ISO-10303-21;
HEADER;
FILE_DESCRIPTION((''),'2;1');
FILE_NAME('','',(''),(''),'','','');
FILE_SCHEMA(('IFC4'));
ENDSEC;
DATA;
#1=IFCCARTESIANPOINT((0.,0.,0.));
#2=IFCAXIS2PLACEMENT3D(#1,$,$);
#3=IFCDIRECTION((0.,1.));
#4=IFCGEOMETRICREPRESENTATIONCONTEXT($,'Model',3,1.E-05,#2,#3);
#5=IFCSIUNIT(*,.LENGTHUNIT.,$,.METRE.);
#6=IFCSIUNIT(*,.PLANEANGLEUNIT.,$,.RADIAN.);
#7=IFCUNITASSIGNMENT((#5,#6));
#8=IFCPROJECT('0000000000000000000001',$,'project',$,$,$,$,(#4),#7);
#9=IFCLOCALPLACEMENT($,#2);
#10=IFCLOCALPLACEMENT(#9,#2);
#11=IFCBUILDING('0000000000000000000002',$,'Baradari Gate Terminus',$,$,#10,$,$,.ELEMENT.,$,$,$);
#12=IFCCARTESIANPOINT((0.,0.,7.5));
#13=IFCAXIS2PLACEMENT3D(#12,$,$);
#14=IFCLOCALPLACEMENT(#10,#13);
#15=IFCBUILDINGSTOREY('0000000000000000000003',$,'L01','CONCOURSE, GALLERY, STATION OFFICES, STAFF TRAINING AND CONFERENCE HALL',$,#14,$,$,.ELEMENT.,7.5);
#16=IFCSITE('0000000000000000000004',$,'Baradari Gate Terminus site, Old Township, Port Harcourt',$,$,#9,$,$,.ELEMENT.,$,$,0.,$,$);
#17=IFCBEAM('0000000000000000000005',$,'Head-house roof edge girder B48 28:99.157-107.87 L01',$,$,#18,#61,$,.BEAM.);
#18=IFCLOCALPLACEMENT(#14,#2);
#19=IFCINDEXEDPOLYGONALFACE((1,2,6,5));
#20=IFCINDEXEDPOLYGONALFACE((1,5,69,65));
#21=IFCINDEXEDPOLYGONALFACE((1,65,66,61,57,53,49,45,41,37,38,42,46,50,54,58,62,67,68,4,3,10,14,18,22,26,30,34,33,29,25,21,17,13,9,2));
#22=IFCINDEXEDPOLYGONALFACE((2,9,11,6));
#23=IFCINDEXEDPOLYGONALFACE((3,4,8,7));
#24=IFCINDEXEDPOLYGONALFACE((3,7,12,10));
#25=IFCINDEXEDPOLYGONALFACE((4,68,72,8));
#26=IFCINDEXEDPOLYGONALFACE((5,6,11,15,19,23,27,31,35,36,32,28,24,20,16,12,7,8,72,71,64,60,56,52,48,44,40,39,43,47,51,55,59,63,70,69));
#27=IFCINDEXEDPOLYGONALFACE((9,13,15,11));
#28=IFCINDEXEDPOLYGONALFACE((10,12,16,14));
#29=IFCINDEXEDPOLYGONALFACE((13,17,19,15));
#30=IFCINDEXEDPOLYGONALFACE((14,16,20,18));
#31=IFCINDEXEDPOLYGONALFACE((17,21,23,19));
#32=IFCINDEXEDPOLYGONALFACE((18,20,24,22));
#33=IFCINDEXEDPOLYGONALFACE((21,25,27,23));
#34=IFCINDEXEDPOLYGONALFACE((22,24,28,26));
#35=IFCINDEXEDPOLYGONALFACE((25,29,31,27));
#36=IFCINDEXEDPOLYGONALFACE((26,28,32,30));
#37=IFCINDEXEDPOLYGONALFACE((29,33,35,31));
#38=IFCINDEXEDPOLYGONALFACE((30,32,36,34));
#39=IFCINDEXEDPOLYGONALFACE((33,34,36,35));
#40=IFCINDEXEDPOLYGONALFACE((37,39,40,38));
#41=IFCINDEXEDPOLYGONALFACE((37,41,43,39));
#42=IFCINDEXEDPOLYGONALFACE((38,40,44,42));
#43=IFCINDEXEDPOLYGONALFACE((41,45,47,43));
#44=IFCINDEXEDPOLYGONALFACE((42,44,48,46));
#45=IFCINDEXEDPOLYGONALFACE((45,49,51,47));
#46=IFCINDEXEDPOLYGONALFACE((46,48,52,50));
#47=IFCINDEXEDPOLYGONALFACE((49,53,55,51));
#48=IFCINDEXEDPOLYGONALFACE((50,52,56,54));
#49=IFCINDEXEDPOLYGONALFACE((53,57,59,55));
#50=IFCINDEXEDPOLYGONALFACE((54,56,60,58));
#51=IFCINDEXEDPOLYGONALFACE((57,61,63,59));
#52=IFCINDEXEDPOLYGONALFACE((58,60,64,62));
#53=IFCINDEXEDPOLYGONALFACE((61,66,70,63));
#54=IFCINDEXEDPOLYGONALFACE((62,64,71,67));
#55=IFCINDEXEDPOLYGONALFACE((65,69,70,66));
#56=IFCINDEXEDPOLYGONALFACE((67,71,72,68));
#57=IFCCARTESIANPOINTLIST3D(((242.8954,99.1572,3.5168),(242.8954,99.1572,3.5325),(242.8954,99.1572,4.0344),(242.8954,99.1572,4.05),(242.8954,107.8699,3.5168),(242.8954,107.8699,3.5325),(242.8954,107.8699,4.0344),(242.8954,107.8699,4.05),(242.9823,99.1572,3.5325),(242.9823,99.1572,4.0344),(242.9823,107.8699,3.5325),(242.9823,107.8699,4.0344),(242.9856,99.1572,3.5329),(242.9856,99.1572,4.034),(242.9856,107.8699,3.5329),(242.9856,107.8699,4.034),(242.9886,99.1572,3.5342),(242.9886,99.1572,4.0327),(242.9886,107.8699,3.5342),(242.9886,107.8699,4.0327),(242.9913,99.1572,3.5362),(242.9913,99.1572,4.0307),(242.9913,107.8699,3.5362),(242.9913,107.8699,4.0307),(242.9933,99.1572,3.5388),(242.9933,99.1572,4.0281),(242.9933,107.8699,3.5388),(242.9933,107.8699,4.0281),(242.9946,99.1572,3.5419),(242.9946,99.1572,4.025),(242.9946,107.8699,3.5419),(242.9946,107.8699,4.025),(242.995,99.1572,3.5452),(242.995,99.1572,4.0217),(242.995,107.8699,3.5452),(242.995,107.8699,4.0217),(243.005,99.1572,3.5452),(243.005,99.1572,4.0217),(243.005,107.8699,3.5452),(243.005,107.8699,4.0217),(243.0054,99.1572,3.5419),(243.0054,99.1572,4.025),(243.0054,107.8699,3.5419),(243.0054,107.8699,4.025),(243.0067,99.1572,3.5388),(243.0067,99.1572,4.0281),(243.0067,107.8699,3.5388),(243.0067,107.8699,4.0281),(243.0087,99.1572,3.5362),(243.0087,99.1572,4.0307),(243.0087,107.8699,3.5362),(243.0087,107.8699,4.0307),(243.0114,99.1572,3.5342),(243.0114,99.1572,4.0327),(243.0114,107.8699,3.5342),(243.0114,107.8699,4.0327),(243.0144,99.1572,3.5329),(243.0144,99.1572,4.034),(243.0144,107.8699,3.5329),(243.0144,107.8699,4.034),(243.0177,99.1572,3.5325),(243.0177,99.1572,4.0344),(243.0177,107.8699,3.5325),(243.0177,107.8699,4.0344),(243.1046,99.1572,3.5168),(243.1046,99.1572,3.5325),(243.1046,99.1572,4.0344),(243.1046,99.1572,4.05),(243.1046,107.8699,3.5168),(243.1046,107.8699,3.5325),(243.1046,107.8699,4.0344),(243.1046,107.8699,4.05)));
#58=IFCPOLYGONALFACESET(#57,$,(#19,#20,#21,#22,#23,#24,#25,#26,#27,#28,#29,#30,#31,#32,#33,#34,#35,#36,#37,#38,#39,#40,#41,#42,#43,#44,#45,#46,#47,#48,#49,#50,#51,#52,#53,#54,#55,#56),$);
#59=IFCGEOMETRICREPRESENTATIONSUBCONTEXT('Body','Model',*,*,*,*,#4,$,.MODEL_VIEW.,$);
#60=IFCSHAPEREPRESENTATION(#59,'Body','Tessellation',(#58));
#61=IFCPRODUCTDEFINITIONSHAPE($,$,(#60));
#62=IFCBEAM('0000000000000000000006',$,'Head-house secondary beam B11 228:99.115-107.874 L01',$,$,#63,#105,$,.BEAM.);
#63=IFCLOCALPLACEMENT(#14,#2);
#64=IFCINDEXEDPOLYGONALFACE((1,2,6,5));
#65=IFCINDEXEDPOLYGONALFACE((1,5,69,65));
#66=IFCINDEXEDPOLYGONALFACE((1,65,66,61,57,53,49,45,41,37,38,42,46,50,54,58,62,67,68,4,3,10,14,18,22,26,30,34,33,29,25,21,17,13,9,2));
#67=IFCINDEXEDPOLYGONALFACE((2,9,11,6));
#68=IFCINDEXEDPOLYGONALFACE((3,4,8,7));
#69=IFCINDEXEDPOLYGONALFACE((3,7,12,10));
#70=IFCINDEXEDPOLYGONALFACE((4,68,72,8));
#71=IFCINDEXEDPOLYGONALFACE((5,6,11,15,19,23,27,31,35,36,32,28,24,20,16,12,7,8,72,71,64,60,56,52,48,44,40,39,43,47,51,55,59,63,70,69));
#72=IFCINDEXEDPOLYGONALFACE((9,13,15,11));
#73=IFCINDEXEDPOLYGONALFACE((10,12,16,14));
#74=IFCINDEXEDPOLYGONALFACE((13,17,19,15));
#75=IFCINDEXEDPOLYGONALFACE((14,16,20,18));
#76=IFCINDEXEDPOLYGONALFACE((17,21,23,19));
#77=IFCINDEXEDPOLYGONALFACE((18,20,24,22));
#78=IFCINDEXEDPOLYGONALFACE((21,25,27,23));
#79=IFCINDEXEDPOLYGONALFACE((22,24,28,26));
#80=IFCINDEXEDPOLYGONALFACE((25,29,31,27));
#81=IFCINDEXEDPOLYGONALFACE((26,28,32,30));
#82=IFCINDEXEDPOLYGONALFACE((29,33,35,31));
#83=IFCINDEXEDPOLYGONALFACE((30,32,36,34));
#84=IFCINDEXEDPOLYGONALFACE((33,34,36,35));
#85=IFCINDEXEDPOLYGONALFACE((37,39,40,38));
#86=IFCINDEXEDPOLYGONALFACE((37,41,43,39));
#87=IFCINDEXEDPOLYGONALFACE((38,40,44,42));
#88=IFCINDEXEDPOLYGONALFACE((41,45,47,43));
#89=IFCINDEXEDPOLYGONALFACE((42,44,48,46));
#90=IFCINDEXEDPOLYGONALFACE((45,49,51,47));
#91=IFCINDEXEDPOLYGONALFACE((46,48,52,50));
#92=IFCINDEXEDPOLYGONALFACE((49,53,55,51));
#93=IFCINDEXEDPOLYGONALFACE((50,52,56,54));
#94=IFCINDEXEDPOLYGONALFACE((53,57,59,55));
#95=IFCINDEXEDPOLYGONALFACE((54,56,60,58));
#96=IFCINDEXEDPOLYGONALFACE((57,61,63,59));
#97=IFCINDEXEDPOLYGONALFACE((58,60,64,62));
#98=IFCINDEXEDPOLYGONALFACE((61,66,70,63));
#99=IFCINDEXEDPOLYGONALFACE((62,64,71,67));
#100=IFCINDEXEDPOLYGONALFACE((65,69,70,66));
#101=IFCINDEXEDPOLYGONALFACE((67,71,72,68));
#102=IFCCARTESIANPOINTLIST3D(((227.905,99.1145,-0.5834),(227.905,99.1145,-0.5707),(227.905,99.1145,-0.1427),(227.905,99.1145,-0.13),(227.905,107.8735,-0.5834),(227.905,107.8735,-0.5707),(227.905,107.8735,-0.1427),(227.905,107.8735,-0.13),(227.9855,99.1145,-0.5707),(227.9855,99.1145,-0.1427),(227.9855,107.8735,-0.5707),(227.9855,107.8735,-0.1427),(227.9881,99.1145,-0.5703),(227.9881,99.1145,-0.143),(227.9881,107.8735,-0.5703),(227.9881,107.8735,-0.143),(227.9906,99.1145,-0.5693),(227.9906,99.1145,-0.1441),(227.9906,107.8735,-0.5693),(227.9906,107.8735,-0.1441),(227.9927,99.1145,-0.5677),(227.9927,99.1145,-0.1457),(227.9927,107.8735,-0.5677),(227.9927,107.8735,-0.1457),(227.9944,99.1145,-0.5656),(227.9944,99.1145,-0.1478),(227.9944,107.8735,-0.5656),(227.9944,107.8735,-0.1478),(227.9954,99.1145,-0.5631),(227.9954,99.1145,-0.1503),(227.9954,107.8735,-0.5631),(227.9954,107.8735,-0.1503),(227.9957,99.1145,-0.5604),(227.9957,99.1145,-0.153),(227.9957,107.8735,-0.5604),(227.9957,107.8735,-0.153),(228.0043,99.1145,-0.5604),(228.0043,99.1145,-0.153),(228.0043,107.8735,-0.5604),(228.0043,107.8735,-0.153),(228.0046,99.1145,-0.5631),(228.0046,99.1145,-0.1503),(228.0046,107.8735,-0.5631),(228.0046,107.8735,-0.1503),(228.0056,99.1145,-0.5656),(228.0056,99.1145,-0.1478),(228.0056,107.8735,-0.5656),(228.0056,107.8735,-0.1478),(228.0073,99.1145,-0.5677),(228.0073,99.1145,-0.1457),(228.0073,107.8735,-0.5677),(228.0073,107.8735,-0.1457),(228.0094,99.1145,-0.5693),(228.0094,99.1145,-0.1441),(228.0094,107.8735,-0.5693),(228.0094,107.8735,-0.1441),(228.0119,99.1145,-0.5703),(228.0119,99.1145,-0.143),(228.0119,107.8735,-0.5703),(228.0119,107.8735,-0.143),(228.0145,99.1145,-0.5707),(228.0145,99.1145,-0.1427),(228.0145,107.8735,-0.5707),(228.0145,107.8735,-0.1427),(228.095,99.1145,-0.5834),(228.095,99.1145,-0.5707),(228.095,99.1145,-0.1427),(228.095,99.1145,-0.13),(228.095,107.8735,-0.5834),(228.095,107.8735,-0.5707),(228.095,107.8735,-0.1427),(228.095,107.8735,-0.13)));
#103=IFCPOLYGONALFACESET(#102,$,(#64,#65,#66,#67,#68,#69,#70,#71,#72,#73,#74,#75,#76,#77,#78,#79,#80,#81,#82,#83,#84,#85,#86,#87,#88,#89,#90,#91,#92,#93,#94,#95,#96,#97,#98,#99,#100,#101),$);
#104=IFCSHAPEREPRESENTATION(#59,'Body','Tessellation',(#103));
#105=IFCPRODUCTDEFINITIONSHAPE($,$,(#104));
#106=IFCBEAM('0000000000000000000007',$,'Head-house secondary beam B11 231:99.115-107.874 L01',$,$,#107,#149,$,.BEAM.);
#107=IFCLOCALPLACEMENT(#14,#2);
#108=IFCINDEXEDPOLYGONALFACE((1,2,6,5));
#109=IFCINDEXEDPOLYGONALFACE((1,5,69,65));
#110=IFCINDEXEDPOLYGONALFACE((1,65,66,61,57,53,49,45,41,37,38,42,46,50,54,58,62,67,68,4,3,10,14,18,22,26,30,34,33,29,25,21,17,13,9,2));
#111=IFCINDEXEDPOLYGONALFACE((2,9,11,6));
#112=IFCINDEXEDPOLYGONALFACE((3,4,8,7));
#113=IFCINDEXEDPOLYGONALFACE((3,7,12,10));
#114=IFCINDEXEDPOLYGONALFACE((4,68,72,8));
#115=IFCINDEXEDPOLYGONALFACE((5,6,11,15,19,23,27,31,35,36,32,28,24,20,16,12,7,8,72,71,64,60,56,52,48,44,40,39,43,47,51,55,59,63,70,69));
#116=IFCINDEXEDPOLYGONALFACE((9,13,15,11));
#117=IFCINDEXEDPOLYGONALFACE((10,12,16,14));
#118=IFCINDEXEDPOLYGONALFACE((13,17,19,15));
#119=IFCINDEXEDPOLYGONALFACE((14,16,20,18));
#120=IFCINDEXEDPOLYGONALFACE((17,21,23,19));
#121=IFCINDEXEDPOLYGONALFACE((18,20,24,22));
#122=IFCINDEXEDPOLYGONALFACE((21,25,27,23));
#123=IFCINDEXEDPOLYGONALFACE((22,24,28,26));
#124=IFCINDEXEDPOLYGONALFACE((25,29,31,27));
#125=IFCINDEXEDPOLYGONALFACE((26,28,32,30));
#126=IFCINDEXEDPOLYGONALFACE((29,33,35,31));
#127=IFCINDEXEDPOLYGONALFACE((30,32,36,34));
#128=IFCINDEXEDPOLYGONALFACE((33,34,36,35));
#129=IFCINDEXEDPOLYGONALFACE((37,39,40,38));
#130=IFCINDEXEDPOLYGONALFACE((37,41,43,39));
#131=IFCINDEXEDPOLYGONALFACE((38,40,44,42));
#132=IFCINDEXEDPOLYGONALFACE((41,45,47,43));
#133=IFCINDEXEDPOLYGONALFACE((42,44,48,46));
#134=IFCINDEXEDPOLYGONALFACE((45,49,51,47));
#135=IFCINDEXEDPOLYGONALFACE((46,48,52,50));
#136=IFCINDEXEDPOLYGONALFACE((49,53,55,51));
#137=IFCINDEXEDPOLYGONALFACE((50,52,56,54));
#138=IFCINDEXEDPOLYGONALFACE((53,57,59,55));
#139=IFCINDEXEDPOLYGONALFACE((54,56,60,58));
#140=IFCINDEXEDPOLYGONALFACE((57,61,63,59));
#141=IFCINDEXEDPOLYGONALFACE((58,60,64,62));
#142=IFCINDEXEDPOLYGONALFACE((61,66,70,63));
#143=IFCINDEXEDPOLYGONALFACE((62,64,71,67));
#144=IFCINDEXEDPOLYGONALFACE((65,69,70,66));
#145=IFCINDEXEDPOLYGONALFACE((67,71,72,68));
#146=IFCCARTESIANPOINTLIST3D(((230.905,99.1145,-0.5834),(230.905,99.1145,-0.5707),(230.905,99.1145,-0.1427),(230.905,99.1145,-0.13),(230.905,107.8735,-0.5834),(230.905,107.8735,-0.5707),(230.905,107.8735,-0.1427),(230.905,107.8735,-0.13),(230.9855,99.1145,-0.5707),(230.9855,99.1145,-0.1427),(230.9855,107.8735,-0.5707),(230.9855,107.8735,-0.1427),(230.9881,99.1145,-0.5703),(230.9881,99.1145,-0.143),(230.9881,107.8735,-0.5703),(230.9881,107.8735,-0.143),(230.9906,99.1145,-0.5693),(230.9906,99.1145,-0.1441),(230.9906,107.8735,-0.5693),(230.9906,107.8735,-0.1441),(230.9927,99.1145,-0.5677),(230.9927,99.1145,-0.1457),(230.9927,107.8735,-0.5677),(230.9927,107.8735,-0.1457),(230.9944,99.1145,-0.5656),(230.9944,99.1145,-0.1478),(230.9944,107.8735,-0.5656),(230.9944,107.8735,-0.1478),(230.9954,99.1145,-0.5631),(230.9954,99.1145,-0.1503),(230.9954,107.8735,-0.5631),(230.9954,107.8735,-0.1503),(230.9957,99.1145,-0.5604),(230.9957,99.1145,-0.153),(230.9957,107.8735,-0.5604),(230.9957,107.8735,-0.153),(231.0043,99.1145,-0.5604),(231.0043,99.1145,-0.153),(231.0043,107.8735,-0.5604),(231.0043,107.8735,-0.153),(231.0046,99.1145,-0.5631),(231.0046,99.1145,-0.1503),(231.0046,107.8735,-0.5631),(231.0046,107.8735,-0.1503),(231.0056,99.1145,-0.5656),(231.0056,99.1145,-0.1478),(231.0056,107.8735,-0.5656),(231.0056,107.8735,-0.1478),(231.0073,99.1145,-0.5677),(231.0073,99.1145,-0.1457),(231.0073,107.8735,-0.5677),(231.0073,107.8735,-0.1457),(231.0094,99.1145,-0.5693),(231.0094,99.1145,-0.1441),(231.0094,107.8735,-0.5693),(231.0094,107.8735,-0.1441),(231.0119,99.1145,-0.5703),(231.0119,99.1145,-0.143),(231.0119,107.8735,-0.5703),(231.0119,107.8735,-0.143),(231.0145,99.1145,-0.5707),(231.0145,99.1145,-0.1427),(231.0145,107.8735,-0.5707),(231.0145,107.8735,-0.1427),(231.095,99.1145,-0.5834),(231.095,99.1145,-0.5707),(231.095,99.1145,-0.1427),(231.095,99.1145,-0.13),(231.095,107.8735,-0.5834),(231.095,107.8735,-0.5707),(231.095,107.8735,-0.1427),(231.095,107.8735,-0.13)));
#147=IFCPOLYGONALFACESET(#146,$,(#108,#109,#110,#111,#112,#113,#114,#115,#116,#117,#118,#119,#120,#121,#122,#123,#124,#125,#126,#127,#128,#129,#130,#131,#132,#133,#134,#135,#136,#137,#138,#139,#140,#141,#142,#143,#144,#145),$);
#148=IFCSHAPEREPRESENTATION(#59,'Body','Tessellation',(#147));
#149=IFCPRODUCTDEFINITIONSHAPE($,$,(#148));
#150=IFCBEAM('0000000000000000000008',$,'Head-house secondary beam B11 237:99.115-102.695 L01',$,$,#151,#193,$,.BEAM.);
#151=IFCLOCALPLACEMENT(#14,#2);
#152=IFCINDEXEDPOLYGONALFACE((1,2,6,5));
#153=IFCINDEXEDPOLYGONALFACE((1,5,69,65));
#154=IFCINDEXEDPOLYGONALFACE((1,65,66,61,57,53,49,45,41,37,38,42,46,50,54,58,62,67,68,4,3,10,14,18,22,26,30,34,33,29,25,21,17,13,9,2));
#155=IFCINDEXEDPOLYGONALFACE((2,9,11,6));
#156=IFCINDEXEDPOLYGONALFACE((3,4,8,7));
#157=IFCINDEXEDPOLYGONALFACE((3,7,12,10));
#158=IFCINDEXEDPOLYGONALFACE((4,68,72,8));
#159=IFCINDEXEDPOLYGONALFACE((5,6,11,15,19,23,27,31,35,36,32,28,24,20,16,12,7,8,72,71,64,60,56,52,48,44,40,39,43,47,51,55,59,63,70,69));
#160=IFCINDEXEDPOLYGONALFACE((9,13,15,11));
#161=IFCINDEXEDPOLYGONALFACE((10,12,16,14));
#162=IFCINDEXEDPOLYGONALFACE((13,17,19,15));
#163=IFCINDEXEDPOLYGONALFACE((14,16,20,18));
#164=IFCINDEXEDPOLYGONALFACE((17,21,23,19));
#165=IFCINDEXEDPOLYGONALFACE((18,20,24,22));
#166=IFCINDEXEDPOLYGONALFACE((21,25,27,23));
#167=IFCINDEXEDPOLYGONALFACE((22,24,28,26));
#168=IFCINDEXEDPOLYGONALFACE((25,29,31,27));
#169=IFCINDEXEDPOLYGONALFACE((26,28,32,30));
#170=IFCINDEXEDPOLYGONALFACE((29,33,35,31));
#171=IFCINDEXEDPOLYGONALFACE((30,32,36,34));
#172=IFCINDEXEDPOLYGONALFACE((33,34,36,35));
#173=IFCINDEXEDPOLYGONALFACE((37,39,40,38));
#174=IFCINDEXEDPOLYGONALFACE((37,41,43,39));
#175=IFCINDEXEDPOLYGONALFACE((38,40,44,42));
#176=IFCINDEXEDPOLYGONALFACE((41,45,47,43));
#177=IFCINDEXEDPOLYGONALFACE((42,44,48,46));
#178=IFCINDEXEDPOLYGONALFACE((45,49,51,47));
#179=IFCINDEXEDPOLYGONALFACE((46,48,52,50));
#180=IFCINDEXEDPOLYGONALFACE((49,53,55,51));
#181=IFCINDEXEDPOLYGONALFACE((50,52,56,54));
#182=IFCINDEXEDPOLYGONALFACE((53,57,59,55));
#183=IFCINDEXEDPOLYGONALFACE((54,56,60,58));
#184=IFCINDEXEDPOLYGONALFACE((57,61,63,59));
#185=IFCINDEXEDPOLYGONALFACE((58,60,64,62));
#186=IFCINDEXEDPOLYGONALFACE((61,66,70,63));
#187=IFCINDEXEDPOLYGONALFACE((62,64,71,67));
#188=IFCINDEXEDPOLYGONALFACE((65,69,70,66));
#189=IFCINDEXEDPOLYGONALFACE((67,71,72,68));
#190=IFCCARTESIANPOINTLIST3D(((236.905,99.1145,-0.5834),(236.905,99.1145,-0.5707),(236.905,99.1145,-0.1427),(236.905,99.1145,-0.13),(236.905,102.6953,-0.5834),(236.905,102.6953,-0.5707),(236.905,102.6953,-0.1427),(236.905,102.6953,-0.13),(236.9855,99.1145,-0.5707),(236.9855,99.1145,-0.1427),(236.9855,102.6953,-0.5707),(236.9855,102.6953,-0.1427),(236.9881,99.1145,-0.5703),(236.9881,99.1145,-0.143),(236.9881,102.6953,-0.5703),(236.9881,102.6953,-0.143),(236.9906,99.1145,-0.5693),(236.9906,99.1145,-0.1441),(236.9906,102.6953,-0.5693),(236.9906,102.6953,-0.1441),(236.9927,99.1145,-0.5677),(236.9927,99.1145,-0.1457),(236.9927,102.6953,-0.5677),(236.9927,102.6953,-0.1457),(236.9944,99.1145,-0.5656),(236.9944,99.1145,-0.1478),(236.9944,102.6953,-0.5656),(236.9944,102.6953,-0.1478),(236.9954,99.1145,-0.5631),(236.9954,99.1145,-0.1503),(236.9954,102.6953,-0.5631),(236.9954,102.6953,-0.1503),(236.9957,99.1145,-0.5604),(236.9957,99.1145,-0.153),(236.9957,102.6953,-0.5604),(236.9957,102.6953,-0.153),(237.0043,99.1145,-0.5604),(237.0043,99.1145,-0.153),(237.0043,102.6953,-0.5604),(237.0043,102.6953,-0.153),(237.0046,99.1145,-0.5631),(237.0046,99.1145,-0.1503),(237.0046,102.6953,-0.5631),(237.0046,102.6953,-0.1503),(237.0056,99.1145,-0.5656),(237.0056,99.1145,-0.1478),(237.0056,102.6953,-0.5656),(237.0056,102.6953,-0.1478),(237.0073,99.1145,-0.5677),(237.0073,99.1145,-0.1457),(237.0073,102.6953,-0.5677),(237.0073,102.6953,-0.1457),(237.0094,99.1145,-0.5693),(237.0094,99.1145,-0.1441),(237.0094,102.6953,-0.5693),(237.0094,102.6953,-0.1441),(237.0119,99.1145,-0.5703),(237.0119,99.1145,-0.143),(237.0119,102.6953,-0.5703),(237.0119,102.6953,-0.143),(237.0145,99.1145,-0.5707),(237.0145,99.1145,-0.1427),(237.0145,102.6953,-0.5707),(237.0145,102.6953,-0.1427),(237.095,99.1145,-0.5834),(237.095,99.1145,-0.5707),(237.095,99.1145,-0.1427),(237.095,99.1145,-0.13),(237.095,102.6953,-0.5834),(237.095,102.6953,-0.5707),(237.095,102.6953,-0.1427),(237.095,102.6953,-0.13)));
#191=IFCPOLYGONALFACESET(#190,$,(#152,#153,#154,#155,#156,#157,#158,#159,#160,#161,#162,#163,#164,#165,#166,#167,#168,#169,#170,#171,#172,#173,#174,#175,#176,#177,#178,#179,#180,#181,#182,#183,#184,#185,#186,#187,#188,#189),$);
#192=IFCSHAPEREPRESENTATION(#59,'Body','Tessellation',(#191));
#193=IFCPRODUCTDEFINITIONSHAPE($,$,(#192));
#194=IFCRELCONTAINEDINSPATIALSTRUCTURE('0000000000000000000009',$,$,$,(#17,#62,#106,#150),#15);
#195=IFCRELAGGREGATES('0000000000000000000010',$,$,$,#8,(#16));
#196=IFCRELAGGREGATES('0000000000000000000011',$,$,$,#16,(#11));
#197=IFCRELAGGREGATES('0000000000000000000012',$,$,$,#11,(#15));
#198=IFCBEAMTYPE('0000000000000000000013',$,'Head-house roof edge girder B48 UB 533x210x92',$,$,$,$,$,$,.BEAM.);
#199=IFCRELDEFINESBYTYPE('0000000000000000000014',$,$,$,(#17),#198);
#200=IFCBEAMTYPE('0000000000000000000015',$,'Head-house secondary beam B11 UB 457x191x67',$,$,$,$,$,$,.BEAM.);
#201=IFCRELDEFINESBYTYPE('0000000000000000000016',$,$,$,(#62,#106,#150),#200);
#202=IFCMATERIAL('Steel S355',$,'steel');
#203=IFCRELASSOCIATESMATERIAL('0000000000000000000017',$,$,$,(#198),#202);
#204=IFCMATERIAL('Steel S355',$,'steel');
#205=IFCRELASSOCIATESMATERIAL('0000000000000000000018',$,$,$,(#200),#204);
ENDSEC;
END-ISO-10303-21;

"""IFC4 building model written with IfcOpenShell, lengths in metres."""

from ifc_helpers import new_model, si_unit, direction, frame, origin, origin_2d, place, context, subcontext, project, spatial, i_section, extrude, material, material_profile, profile_set, type_object, element, save


model = new_model("IFC4")

# Units and contexts
model_context = context("Model", 3, precision=1e-05, world=origin(), true_north=direction((0.0, 1.0)))
body_context = subcontext(model_context, "Body", "Model", "MODEL_VIEW")
ifc_project = project(units=[si_unit("LENGTHUNIT", "METRE"), si_unit("PLANEANGLEUNIT", "RADIAN")], contexts=[model_context])

# Site, building, storey
site_placement = place(None, origin())
site = spatial("IfcSite", under=ifc_project, at=site_placement, Name="Baradari Gate Terminus site, Old Township, Port Harcourt", CompositionType="ELEMENT", RefElevation=0.0)
building_placement = place(site_placement, origin())
building = spatial("IfcBuilding", under=site, at=building_placement, Name="Baradari Gate Terminus", CompositionType="ELEMENT")
storey_placement = place(building_placement, frame((0.0, 0.0, 7.5)))
storey = spatial("IfcBuildingStorey", under=building, at=storey_placement, Name="L01", Description="CONCOURSE, GALLERY, STATION OFFICES, STAFF TRAINING AND CONFERENCE HALL", CompositionType="ELEMENT", Elevation=7.5)

# Beams
ifc_material_1 = material(Name="Steel S355", Category="steel")
ifc_material_profile_1 = material_profile(ifc_material_1, i_section(OverallWidth=0.2092, OverallDepth=0.5332, WebThickness=0.01, FlangeThickness=0.0156, FilletRadius=0.0127, at=origin_2d()), Name="UB 533x210x92")
ifc_profile_set_1 = profile_set([ifc_material_profile_1], Name="Steel S355")
beam_type_1 = type_object("IfcBeamType", Name="Head-house roof edge girder B48 UB 533x210x92", PredefinedType="BEAM", material=ifc_profile_set_1)
beam_1_placement = place(storey_placement, frame((243.0, 99.1572, 3.7834), z_axis=(0.0, 1.0, 0.0), x_axis=(-1.0, 0.0, 0.0)))
element("IfcBeam", 1, at=beam_1_placement, inside=storey, type_object=beam_type_1, Name="Head-house roof edge girder B48 28:99.157-107.87 L01", PredefinedType="BEAM", context=body_context, shape_type="SweptSolid", body=[
    extrude(i_section(OverallWidth=0.2092, OverallDepth=0.5332, WebThickness=0.01, FlangeThickness=0.0156, FilletRadius=0.0127, at=origin_2d()), origin(), (0.0, 0.0, 1.0), 8.7126),
])
ifc_material_2 = material(Name="Steel S355", Category="steel")
ifc_material_profile_2 = material_profile(ifc_material_2, i_section(OverallWidth=0.1899, OverallDepth=0.4534, WebThickness=0.0085, FlangeThickness=0.0127, FilletRadius=0.0103, at=origin_2d()), Name="UB 457x191x67")
ifc_profile_set_2 = profile_set([ifc_material_profile_2], Name="Steel S355")
beam_type_2 = type_object("IfcBeamType", Name="Head-house secondary beam B11 UB 457x191x67", PredefinedType="BEAM", material=ifc_profile_set_2)
for number, where, z_axis, x_axis, name in (
    (2, (228.0, 99.1145, -0.3567), (0.0, 1.0, 0.0), (-1.0, 0.0, 0.0), "Head-house secondary beam B11 228:99.115-107.874 L01"),
    (3, (231.0, 99.1145, -0.3567), (0.0, 1.0, 0.0), (-1.0, 0.0, 0.0), "Head-house secondary beam B11 231:99.115-107.874 L01"),
):
    element("IfcBeam", number, at=place(storey_placement, frame(where, z_axis=z_axis, x_axis=x_axis)), inside=storey, type_object=beam_type_2, Name=name, PredefinedType="BEAM", context=body_context, shape_type="SweptSolid", body=[
        extrude(i_section(OverallWidth=0.1899, OverallDepth=0.4534, WebThickness=0.0085, FlangeThickness=0.0127, FilletRadius=0.0103, at=origin_2d()), origin(), (0.0, 0.0, 1.0), 8.759),
    ])
for number, where, z_axis, x_axis, name in (
    (4, (237.0, 99.1145, -0.3567), (0.0, 1.0, 0.0), (-1.0, 0.0, 0.0), "Head-house secondary beam B11 237:99.115-102.695 L01"),
):
    element("IfcBeam", number, at=place(storey_placement, frame(where, z_axis=z_axis, x_axis=x_axis)), inside=storey, type_object=beam_type_2, Name=name, PredefinedType="BEAM", context=body_context, shape_type="SweptSolid", body=[
        extrude(i_section(OverallWidth=0.1899, OverallDepth=0.4534, WebThickness=0.0085, FlangeThickness=0.0127, FilletRadius=0.0103, at=origin_2d()), origin(), (0.0, 0.0, 1.0), 3.5808),
    ])

save(model, "model.ifc")
